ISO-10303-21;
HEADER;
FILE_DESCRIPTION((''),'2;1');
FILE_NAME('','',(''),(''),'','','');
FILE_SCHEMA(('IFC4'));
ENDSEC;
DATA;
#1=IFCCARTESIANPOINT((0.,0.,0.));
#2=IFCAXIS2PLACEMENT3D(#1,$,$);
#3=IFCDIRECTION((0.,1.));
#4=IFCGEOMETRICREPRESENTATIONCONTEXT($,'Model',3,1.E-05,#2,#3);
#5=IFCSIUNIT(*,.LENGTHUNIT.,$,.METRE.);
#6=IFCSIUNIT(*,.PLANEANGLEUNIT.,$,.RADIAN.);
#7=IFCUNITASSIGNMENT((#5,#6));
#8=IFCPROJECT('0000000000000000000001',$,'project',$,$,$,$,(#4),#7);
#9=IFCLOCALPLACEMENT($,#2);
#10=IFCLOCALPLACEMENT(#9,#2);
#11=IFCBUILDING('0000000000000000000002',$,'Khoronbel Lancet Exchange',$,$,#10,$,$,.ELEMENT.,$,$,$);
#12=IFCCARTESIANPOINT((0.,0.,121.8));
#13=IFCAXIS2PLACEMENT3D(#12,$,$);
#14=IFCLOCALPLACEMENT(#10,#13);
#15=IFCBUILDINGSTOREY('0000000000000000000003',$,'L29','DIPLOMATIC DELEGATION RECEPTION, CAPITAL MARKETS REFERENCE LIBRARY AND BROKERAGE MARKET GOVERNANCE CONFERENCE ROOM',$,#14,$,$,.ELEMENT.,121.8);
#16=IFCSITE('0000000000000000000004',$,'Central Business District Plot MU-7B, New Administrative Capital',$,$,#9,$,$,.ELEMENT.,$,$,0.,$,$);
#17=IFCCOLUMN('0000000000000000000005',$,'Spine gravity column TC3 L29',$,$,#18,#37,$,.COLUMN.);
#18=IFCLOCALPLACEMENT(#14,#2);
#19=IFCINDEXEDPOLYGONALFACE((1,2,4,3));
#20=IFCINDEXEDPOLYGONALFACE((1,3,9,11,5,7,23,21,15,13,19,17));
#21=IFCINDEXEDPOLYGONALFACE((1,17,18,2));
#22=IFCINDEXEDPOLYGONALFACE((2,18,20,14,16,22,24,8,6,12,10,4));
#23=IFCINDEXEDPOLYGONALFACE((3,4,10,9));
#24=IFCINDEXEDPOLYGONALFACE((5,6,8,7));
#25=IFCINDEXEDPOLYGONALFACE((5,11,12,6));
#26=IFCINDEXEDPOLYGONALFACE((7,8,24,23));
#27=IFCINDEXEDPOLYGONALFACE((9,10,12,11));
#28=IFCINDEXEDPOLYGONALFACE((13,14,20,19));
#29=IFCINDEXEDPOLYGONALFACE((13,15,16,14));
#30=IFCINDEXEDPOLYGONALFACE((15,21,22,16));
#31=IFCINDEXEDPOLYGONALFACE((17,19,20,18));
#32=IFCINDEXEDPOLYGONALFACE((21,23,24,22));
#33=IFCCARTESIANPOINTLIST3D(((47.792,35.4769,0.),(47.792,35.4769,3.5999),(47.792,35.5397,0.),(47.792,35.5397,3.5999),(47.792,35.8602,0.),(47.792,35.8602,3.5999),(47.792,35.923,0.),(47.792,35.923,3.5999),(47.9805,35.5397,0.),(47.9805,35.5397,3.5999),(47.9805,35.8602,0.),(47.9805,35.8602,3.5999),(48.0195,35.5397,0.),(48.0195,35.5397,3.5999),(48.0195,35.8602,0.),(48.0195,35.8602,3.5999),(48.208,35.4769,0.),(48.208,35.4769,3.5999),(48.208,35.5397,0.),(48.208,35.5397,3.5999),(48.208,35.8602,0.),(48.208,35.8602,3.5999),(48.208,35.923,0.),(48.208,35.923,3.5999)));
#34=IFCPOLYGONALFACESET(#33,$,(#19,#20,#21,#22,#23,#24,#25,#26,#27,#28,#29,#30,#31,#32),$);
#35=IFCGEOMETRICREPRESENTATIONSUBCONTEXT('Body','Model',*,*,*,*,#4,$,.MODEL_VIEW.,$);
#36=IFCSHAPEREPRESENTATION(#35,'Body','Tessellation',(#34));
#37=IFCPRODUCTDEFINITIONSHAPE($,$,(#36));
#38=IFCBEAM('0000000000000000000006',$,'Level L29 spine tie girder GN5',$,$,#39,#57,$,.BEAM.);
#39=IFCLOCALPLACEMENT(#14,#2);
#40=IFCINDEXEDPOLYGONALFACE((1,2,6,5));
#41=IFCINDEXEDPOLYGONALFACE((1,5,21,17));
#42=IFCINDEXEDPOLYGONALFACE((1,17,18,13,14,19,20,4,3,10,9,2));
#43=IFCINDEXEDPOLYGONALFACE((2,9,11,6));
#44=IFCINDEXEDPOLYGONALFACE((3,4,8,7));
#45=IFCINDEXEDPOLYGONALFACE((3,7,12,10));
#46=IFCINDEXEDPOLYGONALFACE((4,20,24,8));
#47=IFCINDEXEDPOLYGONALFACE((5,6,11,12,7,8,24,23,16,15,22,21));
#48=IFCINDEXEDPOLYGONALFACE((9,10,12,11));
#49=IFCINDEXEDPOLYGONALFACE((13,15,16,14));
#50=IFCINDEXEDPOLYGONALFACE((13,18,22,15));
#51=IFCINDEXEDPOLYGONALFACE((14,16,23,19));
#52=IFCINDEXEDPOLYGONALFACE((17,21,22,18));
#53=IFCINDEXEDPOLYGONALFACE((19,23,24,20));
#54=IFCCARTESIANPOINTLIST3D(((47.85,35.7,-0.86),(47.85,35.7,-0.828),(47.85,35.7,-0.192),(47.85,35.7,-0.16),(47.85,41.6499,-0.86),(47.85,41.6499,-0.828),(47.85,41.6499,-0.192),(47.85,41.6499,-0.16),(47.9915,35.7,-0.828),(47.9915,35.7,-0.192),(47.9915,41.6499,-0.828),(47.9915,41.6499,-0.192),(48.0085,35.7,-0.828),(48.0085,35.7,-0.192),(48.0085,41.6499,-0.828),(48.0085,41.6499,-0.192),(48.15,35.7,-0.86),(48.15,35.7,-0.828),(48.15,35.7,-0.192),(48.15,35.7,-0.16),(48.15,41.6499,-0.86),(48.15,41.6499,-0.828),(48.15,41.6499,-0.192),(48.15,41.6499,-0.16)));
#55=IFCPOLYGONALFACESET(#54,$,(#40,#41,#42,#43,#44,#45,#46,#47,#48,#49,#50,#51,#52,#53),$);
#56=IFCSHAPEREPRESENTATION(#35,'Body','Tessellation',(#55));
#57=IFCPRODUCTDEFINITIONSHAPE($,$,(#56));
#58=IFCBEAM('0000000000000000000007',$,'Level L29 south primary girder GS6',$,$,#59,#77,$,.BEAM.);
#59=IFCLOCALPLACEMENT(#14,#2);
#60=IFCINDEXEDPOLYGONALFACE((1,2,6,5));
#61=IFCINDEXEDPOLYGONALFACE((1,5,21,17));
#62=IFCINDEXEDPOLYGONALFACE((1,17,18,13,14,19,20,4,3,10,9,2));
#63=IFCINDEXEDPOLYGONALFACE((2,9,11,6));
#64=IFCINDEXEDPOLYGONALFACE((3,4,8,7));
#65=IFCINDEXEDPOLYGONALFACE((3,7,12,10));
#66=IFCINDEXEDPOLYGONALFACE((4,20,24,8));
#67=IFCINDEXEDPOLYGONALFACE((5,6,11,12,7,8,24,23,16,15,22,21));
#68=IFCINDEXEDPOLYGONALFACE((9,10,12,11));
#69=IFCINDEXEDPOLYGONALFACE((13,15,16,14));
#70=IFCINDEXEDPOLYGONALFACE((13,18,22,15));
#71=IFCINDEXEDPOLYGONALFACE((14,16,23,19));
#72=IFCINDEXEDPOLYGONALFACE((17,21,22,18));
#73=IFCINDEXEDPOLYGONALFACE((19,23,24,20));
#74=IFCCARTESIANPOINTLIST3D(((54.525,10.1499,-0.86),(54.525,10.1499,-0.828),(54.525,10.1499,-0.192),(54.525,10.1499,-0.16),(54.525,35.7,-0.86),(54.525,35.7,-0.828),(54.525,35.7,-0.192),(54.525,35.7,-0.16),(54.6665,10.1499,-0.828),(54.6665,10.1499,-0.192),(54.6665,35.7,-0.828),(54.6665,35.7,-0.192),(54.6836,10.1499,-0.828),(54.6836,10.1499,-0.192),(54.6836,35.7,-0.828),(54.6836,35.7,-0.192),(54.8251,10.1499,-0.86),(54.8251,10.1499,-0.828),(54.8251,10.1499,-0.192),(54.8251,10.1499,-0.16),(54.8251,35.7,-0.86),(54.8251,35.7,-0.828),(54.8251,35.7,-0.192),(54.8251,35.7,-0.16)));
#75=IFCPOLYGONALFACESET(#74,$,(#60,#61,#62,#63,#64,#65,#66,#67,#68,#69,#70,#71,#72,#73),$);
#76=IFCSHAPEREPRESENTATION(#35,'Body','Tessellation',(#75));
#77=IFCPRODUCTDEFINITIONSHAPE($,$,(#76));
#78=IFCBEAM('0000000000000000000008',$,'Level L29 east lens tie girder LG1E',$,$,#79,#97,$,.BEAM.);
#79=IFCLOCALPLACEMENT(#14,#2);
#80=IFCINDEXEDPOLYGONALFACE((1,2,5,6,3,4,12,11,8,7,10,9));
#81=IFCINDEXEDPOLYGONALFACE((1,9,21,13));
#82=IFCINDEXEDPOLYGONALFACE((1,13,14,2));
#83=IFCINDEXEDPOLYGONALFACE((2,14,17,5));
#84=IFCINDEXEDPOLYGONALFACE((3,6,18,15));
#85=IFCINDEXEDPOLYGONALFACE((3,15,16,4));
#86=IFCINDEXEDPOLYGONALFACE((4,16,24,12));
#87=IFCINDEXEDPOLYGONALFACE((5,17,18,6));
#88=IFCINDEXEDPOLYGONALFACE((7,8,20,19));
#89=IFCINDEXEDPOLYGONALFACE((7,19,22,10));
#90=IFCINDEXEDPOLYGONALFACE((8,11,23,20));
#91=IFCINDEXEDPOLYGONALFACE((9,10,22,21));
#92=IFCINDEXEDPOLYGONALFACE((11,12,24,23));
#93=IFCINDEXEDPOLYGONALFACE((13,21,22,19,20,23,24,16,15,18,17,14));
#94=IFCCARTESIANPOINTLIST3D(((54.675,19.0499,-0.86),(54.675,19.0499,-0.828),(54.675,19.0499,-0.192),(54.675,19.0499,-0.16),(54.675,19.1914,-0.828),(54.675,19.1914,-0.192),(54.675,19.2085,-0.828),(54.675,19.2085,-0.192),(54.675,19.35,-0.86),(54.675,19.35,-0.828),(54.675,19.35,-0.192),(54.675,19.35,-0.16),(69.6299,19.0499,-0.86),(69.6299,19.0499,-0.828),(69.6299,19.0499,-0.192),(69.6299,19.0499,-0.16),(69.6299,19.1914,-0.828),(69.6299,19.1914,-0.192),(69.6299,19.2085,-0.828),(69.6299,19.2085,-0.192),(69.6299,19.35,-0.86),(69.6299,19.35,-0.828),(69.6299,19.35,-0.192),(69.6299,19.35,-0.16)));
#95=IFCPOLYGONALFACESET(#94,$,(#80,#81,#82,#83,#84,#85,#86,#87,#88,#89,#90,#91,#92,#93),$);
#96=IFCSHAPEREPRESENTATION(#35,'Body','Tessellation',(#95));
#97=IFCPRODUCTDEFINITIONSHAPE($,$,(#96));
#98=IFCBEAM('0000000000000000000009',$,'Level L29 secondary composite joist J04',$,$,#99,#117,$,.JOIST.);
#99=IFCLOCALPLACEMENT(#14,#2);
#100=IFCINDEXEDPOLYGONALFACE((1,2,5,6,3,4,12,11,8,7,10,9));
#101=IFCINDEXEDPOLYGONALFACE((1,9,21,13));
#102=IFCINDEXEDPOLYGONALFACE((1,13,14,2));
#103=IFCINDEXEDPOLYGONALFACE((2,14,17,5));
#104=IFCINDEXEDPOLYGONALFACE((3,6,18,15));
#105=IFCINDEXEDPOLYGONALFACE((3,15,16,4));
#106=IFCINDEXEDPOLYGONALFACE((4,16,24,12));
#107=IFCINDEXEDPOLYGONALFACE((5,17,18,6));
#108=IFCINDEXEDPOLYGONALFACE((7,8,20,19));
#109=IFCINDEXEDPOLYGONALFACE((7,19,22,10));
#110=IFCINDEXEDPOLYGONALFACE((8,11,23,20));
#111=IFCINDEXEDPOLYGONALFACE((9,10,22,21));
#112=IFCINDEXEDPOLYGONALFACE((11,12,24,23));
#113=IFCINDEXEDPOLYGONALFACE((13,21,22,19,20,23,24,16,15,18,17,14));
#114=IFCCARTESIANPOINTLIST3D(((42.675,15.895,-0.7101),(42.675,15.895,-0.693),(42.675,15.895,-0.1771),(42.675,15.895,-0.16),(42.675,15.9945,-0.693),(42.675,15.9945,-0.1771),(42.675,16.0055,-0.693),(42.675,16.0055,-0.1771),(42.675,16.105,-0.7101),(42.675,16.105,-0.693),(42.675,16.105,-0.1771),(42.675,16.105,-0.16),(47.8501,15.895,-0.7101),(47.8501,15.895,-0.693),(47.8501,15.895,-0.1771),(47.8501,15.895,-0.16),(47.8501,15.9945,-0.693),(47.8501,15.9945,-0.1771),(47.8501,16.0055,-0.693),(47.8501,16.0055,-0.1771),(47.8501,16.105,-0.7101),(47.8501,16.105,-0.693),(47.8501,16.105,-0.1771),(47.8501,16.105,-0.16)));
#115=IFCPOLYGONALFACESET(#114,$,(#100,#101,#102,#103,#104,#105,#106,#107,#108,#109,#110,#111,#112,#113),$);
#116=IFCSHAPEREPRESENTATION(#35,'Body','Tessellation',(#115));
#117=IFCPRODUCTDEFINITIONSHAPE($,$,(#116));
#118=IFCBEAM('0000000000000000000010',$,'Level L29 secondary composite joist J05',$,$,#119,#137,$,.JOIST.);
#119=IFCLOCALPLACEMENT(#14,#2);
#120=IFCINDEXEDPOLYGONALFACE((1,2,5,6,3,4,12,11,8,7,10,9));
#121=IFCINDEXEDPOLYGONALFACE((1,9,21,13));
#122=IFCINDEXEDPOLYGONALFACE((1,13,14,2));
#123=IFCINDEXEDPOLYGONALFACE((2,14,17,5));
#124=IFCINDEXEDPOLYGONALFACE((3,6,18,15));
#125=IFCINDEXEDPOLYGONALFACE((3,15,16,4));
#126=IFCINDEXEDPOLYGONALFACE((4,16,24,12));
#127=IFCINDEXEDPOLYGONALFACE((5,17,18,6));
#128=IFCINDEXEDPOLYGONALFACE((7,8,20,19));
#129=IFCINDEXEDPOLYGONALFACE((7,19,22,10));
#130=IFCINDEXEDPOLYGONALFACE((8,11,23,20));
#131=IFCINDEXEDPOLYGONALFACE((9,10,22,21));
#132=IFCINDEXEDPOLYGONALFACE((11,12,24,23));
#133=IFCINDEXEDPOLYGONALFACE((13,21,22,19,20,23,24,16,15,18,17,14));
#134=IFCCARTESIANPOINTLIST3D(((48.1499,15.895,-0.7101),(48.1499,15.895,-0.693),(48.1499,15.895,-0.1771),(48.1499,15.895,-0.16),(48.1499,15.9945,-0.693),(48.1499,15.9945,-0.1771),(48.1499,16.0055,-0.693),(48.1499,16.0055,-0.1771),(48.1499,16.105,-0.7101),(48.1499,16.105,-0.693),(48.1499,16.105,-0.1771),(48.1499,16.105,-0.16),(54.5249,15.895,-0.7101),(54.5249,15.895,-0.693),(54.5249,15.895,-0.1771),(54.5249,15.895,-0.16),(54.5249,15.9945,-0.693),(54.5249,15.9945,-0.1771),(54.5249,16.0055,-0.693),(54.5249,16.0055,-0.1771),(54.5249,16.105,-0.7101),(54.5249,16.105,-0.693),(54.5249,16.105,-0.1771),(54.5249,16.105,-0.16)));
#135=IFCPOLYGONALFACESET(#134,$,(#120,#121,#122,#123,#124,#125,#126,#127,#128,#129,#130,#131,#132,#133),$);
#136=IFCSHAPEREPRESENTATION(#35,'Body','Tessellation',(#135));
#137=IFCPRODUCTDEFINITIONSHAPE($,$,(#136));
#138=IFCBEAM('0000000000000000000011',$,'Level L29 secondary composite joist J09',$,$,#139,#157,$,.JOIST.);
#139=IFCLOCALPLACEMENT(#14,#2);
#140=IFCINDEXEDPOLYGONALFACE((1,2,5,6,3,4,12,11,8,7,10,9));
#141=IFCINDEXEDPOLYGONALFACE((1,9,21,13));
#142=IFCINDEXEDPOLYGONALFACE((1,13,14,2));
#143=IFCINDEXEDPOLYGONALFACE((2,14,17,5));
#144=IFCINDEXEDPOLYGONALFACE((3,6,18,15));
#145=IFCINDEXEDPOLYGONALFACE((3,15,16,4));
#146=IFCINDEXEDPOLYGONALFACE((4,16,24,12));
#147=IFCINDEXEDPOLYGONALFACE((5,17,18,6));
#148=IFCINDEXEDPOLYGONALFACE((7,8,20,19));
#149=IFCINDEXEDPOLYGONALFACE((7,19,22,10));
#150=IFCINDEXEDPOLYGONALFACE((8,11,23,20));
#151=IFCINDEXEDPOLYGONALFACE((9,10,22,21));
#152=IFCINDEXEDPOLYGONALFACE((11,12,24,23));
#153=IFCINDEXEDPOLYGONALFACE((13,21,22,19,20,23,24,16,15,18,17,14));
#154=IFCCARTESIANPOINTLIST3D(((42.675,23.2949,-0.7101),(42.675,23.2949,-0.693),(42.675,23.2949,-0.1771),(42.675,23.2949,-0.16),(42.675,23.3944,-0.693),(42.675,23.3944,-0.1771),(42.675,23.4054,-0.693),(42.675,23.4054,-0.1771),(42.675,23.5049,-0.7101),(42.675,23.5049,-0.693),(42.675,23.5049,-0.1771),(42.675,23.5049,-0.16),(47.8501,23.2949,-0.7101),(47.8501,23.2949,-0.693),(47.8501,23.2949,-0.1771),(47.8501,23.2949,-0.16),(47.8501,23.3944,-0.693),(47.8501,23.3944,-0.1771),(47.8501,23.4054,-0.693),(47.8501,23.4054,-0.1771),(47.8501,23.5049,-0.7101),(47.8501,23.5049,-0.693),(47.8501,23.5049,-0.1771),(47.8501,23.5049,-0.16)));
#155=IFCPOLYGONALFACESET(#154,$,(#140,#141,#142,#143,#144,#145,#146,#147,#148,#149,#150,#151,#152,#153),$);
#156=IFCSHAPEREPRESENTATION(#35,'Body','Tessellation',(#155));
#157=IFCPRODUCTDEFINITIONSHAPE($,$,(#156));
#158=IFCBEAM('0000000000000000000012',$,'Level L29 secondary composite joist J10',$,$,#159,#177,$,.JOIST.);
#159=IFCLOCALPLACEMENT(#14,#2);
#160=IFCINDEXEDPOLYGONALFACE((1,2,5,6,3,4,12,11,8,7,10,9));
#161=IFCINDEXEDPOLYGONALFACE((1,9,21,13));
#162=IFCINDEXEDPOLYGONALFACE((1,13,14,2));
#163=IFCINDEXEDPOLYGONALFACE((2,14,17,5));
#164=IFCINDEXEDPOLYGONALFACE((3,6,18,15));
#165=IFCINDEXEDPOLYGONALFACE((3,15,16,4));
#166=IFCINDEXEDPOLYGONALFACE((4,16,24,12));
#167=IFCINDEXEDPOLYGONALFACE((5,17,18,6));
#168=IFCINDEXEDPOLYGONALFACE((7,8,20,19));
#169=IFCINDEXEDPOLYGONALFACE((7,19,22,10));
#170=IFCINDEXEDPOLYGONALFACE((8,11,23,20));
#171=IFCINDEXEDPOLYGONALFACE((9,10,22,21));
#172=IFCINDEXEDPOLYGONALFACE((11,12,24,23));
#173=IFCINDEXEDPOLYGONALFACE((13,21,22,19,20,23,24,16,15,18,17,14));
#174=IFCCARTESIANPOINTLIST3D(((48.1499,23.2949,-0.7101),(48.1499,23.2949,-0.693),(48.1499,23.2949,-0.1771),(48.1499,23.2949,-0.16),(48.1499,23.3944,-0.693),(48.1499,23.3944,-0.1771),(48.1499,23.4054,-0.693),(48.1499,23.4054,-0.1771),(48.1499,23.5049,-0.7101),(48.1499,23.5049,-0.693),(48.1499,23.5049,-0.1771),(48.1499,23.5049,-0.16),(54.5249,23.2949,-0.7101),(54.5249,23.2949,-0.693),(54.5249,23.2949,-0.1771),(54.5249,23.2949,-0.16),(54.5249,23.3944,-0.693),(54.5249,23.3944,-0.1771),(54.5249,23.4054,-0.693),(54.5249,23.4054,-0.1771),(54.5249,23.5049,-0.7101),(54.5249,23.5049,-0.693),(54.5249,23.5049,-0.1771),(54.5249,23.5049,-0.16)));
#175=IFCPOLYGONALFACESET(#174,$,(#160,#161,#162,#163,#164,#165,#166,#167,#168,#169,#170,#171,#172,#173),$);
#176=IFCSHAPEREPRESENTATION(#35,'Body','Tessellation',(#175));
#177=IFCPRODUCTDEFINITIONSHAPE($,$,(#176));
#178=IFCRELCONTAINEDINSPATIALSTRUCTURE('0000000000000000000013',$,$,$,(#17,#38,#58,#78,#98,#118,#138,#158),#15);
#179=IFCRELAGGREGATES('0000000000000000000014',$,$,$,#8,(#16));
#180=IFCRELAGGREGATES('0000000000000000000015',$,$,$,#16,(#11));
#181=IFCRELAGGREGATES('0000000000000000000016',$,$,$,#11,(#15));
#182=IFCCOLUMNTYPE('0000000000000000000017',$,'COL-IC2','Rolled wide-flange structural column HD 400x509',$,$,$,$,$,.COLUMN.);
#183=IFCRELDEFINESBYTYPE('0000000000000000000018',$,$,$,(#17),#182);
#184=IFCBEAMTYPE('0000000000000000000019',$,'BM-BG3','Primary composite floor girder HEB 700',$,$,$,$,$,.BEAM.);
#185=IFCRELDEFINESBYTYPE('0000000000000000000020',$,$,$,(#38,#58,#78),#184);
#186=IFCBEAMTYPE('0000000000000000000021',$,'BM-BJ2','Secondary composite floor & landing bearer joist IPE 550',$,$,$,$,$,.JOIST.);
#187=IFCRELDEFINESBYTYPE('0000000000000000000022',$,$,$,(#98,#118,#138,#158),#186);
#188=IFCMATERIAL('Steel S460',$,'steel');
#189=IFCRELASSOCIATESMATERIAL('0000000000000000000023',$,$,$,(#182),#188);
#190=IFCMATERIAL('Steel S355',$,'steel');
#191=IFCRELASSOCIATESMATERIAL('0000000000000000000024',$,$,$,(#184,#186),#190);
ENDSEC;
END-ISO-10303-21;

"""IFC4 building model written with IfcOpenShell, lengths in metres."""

from ifc_helpers import new_model, si_unit, direction, frame, origin, origin_2d, place, context, subcontext, project, spatial, i_section, extrude, material, material_profile, profile_set, type_object, element, save


model = new_model("IFC4")

# Units and contexts
model_context = context("Model", 3, precision=1e-05, world=origin(), true_north=direction((0.0, 1.0)))
body_context = subcontext(model_context, "Body", "Model", "MODEL_VIEW")
ifc_project = project(units=[si_unit("LENGTHUNIT", "METRE"), si_unit("PLANEANGLEUNIT", "RADIAN")], contexts=[model_context])

# Site, building, storey
site_placement = place(None, origin())
site = spatial("IfcSite", under=ifc_project, at=site_placement, Name="Central Business District Plot MU-7B, New Administrative Capital", CompositionType="ELEMENT", RefElevation=0.0)
building_placement = place(site_placement, origin())
building = spatial("IfcBuilding", under=site, at=building_placement, Name="Khoronbel Lancet Exchange", CompositionType="ELEMENT")
storey_placement = place(building_placement, frame((0.0, 0.0, 121.8)))
storey = spatial("IfcBuildingStorey", under=building, at=storey_placement, Name="L29", Description="DIPLOMATIC DELEGATION RECEPTION, CAPITAL MARKETS REFERENCE LIBRARY AND BROKERAGE MARKET GOVERNANCE CONFERENCE ROOM", CompositionType="ELEMENT", Elevation=121.8)

# Column
ifc_material_1 = material(Name="Steel S460", Category="steel")
ifc_material_profile_1 = material_profile(ifc_material_1, i_section(OverallWidth=0.416, OverallDepth=0.446, WebThickness=0.0391, FlangeThickness=0.0627, at=origin_2d()), Name="HD 400x509")
ifc_profile_set_1 = profile_set([ifc_material_profile_1], Name="Steel S460")
column_type = type_object("IfcColumnType", Name="COL-IC2", Description="Rolled wide-flange structural column HD 400x509", PredefinedType="COLUMN", material=ifc_profile_set_1)
column_placement = place(storey_placement, frame((48.0, 35.7, 0.0), z_axis=(0.0, 0.0, 1.0), x_axis=(1.0, 0.0, 0.0)))
element("IfcColumn", 1, at=column_placement, inside=storey, type_object=column_type, Name="Spine gravity column TC3 L29", PredefinedType="COLUMN", context=body_context, shape_type="SweptSolid", body=[
    extrude(i_section(OverallWidth=0.416, OverallDepth=0.446, WebThickness=0.0391, FlangeThickness=0.0627, at=origin_2d()), origin(), (0.0, 0.0, 1.0), 3.5999),
])

# Beams
ifc_material_2 = material(Name="Steel S355", Category="steel")
ifc_material_profile_2 = material_profile(ifc_material_2, i_section(OverallWidth=0.3, OverallDepth=0.7, WebThickness=0.0171, FlangeThickness=0.032, at=origin_2d()), Name="HEB 700")
ifc_profile_set_2 = profile_set([ifc_material_profile_2], Name="Steel S355")
beam_type_1 = type_object("IfcBeamType", Name="BM-BG3", Description="Primary composite floor girder HEB 700", PredefinedType="BEAM", material=ifc_profile_set_2)
beam_1_placement = place(storey_placement, frame((48.0, 35.7, -0.51), z_axis=(0.0, 1.0, 0.0), x_axis=(-1.0, 0.0, 0.0)))
element("IfcBeam", 2, at=beam_1_placement, inside=storey, type_object=beam_type_1, Name="Level L29 spine tie girder GN5", PredefinedType="BEAM", context=body_context, shape_type="SweptSolid", body=[
    extrude(i_section(OverallWidth=0.3, OverallDepth=0.7, WebThickness=0.0171, FlangeThickness=0.032, at=origin_2d()), origin(), (0.0, 0.0, 1.0), 5.95),
])
beam_2_placement = place(storey_placement, frame((54.675, 10.1499, -0.51), z_axis=(0.0, 1.0, 0.0), x_axis=(-1.0, 0.0, 0.0)))
element("IfcBeam", 3, at=beam_2_placement, inside=storey, type_object=beam_type_1, Name="Level L29 south primary girder GS6", PredefinedType="BEAM", context=body_context, shape_type="SweptSolid", body=[
    extrude(i_section(OverallWidth=0.3, OverallDepth=0.7, WebThickness=0.0171, FlangeThickness=0.032, at=origin_2d()), origin(), (0.0, 0.0, 1.0), 25.55),
])
beam_3_placement = place(storey_placement, frame((54.675, 19.2, -0.51), z_axis=(1.0, 0.0, 0.0), x_axis=(0.0, 1.0, 0.0)))
element("IfcBeam", 4, at=beam_3_placement, inside=storey, type_object=beam_type_1, Name="Level L29 east lens tie girder LG1E", PredefinedType="BEAM", context=body_context, shape_type="SweptSolid", body=[
    extrude(i_section(OverallWidth=0.3, OverallDepth=0.7, WebThickness=0.0171, FlangeThickness=0.032, at=origin_2d()), origin(), (0.0, 0.0, 1.0), 14.9548),
])
ifc_material_profile_3 = material_profile(ifc_material_2, i_section(OverallWidth=0.21, OverallDepth=0.55, WebThickness=0.011, FlangeThickness=0.0171, at=origin_2d()), Name="IPE 550")
ifc_profile_set_3 = profile_set([ifc_material_profile_3], Name="Steel S355")
beam_type_2 = type_object("IfcBeamType", Name="BM-BJ2", Description="Secondary composite floor & landing bearer joist IPE 550", PredefinedType="JOIST", material=ifc_profile_set_3)
beam_4_placement = place(storey_placement, frame((42.675, 16.0, -0.4351), z_axis=(1.0, 0.0, 0.0), x_axis=(0.0, 1.0, 0.0)))
element("IfcBeam", 5, at=beam_4_placement, inside=storey, type_object=beam_type_2, Name="Level L29 secondary composite joist J04", PredefinedType="JOIST", context=body_context, shape_type="SweptSolid", body=[
    extrude(i_section(OverallWidth=0.21, OverallDepth=0.55, WebThickness=0.011, FlangeThickness=0.0171, at=origin_2d()), origin(), (0.0, 0.0, 1.0), 5.175),
])
beam_5_placement = place(storey_placement, frame((48.1499, 16.0, -0.4351), z_axis=(1.0, 0.0, 0.0), x_axis=(0.0, 1.0, 0.0)))
element("IfcBeam", 6, at=beam_5_placement, inside=storey, type_object=beam_type_2, Name="Level L29 secondary composite joist J05", PredefinedType="JOIST", context=body_context, shape_type="SweptSolid", body=[
    extrude(i_section(OverallWidth=0.21, OverallDepth=0.55, WebThickness=0.011, FlangeThickness=0.0171, at=origin_2d()), origin(), (0.0, 0.0, 1.0), 6.375),
])
beam_6_placement = place(storey_placement, frame((42.675, 23.3999, -0.4351), z_axis=(1.0, 0.0, 0.0), x_axis=(0.0, 1.0, 0.0)))
element("IfcBeam", 7, at=beam_6_placement, inside=storey, type_object=beam_type_2, Name="Level L29 secondary composite joist J09", PredefinedType="JOIST", context=body_context, shape_type="SweptSolid", body=[
    extrude(i_section(OverallWidth=0.21, OverallDepth=0.55, WebThickness=0.011, FlangeThickness=0.0171, at=origin_2d()), origin(), (0.0, 0.0, 1.0), 5.175),
])
beam_7_placement = place(storey_placement, frame((48.1499, 23.3999, -0.4351), z_axis=(1.0, 0.0, 0.0), x_axis=(0.0, 1.0, 0.0)))
element("IfcBeam", 8, at=beam_7_placement, inside=storey, type_object=beam_type_2, Name="Level L29 secondary composite joist J10", PredefinedType="JOIST", context=body_context, shape_type="SweptSolid", body=[
    extrude(i_section(OverallWidth=0.21, OverallDepth=0.55, WebThickness=0.011, FlangeThickness=0.0171, at=origin_2d()), origin(), (0.0, 0.0, 1.0), 6.375),
])

save(model, "model.ifc")
